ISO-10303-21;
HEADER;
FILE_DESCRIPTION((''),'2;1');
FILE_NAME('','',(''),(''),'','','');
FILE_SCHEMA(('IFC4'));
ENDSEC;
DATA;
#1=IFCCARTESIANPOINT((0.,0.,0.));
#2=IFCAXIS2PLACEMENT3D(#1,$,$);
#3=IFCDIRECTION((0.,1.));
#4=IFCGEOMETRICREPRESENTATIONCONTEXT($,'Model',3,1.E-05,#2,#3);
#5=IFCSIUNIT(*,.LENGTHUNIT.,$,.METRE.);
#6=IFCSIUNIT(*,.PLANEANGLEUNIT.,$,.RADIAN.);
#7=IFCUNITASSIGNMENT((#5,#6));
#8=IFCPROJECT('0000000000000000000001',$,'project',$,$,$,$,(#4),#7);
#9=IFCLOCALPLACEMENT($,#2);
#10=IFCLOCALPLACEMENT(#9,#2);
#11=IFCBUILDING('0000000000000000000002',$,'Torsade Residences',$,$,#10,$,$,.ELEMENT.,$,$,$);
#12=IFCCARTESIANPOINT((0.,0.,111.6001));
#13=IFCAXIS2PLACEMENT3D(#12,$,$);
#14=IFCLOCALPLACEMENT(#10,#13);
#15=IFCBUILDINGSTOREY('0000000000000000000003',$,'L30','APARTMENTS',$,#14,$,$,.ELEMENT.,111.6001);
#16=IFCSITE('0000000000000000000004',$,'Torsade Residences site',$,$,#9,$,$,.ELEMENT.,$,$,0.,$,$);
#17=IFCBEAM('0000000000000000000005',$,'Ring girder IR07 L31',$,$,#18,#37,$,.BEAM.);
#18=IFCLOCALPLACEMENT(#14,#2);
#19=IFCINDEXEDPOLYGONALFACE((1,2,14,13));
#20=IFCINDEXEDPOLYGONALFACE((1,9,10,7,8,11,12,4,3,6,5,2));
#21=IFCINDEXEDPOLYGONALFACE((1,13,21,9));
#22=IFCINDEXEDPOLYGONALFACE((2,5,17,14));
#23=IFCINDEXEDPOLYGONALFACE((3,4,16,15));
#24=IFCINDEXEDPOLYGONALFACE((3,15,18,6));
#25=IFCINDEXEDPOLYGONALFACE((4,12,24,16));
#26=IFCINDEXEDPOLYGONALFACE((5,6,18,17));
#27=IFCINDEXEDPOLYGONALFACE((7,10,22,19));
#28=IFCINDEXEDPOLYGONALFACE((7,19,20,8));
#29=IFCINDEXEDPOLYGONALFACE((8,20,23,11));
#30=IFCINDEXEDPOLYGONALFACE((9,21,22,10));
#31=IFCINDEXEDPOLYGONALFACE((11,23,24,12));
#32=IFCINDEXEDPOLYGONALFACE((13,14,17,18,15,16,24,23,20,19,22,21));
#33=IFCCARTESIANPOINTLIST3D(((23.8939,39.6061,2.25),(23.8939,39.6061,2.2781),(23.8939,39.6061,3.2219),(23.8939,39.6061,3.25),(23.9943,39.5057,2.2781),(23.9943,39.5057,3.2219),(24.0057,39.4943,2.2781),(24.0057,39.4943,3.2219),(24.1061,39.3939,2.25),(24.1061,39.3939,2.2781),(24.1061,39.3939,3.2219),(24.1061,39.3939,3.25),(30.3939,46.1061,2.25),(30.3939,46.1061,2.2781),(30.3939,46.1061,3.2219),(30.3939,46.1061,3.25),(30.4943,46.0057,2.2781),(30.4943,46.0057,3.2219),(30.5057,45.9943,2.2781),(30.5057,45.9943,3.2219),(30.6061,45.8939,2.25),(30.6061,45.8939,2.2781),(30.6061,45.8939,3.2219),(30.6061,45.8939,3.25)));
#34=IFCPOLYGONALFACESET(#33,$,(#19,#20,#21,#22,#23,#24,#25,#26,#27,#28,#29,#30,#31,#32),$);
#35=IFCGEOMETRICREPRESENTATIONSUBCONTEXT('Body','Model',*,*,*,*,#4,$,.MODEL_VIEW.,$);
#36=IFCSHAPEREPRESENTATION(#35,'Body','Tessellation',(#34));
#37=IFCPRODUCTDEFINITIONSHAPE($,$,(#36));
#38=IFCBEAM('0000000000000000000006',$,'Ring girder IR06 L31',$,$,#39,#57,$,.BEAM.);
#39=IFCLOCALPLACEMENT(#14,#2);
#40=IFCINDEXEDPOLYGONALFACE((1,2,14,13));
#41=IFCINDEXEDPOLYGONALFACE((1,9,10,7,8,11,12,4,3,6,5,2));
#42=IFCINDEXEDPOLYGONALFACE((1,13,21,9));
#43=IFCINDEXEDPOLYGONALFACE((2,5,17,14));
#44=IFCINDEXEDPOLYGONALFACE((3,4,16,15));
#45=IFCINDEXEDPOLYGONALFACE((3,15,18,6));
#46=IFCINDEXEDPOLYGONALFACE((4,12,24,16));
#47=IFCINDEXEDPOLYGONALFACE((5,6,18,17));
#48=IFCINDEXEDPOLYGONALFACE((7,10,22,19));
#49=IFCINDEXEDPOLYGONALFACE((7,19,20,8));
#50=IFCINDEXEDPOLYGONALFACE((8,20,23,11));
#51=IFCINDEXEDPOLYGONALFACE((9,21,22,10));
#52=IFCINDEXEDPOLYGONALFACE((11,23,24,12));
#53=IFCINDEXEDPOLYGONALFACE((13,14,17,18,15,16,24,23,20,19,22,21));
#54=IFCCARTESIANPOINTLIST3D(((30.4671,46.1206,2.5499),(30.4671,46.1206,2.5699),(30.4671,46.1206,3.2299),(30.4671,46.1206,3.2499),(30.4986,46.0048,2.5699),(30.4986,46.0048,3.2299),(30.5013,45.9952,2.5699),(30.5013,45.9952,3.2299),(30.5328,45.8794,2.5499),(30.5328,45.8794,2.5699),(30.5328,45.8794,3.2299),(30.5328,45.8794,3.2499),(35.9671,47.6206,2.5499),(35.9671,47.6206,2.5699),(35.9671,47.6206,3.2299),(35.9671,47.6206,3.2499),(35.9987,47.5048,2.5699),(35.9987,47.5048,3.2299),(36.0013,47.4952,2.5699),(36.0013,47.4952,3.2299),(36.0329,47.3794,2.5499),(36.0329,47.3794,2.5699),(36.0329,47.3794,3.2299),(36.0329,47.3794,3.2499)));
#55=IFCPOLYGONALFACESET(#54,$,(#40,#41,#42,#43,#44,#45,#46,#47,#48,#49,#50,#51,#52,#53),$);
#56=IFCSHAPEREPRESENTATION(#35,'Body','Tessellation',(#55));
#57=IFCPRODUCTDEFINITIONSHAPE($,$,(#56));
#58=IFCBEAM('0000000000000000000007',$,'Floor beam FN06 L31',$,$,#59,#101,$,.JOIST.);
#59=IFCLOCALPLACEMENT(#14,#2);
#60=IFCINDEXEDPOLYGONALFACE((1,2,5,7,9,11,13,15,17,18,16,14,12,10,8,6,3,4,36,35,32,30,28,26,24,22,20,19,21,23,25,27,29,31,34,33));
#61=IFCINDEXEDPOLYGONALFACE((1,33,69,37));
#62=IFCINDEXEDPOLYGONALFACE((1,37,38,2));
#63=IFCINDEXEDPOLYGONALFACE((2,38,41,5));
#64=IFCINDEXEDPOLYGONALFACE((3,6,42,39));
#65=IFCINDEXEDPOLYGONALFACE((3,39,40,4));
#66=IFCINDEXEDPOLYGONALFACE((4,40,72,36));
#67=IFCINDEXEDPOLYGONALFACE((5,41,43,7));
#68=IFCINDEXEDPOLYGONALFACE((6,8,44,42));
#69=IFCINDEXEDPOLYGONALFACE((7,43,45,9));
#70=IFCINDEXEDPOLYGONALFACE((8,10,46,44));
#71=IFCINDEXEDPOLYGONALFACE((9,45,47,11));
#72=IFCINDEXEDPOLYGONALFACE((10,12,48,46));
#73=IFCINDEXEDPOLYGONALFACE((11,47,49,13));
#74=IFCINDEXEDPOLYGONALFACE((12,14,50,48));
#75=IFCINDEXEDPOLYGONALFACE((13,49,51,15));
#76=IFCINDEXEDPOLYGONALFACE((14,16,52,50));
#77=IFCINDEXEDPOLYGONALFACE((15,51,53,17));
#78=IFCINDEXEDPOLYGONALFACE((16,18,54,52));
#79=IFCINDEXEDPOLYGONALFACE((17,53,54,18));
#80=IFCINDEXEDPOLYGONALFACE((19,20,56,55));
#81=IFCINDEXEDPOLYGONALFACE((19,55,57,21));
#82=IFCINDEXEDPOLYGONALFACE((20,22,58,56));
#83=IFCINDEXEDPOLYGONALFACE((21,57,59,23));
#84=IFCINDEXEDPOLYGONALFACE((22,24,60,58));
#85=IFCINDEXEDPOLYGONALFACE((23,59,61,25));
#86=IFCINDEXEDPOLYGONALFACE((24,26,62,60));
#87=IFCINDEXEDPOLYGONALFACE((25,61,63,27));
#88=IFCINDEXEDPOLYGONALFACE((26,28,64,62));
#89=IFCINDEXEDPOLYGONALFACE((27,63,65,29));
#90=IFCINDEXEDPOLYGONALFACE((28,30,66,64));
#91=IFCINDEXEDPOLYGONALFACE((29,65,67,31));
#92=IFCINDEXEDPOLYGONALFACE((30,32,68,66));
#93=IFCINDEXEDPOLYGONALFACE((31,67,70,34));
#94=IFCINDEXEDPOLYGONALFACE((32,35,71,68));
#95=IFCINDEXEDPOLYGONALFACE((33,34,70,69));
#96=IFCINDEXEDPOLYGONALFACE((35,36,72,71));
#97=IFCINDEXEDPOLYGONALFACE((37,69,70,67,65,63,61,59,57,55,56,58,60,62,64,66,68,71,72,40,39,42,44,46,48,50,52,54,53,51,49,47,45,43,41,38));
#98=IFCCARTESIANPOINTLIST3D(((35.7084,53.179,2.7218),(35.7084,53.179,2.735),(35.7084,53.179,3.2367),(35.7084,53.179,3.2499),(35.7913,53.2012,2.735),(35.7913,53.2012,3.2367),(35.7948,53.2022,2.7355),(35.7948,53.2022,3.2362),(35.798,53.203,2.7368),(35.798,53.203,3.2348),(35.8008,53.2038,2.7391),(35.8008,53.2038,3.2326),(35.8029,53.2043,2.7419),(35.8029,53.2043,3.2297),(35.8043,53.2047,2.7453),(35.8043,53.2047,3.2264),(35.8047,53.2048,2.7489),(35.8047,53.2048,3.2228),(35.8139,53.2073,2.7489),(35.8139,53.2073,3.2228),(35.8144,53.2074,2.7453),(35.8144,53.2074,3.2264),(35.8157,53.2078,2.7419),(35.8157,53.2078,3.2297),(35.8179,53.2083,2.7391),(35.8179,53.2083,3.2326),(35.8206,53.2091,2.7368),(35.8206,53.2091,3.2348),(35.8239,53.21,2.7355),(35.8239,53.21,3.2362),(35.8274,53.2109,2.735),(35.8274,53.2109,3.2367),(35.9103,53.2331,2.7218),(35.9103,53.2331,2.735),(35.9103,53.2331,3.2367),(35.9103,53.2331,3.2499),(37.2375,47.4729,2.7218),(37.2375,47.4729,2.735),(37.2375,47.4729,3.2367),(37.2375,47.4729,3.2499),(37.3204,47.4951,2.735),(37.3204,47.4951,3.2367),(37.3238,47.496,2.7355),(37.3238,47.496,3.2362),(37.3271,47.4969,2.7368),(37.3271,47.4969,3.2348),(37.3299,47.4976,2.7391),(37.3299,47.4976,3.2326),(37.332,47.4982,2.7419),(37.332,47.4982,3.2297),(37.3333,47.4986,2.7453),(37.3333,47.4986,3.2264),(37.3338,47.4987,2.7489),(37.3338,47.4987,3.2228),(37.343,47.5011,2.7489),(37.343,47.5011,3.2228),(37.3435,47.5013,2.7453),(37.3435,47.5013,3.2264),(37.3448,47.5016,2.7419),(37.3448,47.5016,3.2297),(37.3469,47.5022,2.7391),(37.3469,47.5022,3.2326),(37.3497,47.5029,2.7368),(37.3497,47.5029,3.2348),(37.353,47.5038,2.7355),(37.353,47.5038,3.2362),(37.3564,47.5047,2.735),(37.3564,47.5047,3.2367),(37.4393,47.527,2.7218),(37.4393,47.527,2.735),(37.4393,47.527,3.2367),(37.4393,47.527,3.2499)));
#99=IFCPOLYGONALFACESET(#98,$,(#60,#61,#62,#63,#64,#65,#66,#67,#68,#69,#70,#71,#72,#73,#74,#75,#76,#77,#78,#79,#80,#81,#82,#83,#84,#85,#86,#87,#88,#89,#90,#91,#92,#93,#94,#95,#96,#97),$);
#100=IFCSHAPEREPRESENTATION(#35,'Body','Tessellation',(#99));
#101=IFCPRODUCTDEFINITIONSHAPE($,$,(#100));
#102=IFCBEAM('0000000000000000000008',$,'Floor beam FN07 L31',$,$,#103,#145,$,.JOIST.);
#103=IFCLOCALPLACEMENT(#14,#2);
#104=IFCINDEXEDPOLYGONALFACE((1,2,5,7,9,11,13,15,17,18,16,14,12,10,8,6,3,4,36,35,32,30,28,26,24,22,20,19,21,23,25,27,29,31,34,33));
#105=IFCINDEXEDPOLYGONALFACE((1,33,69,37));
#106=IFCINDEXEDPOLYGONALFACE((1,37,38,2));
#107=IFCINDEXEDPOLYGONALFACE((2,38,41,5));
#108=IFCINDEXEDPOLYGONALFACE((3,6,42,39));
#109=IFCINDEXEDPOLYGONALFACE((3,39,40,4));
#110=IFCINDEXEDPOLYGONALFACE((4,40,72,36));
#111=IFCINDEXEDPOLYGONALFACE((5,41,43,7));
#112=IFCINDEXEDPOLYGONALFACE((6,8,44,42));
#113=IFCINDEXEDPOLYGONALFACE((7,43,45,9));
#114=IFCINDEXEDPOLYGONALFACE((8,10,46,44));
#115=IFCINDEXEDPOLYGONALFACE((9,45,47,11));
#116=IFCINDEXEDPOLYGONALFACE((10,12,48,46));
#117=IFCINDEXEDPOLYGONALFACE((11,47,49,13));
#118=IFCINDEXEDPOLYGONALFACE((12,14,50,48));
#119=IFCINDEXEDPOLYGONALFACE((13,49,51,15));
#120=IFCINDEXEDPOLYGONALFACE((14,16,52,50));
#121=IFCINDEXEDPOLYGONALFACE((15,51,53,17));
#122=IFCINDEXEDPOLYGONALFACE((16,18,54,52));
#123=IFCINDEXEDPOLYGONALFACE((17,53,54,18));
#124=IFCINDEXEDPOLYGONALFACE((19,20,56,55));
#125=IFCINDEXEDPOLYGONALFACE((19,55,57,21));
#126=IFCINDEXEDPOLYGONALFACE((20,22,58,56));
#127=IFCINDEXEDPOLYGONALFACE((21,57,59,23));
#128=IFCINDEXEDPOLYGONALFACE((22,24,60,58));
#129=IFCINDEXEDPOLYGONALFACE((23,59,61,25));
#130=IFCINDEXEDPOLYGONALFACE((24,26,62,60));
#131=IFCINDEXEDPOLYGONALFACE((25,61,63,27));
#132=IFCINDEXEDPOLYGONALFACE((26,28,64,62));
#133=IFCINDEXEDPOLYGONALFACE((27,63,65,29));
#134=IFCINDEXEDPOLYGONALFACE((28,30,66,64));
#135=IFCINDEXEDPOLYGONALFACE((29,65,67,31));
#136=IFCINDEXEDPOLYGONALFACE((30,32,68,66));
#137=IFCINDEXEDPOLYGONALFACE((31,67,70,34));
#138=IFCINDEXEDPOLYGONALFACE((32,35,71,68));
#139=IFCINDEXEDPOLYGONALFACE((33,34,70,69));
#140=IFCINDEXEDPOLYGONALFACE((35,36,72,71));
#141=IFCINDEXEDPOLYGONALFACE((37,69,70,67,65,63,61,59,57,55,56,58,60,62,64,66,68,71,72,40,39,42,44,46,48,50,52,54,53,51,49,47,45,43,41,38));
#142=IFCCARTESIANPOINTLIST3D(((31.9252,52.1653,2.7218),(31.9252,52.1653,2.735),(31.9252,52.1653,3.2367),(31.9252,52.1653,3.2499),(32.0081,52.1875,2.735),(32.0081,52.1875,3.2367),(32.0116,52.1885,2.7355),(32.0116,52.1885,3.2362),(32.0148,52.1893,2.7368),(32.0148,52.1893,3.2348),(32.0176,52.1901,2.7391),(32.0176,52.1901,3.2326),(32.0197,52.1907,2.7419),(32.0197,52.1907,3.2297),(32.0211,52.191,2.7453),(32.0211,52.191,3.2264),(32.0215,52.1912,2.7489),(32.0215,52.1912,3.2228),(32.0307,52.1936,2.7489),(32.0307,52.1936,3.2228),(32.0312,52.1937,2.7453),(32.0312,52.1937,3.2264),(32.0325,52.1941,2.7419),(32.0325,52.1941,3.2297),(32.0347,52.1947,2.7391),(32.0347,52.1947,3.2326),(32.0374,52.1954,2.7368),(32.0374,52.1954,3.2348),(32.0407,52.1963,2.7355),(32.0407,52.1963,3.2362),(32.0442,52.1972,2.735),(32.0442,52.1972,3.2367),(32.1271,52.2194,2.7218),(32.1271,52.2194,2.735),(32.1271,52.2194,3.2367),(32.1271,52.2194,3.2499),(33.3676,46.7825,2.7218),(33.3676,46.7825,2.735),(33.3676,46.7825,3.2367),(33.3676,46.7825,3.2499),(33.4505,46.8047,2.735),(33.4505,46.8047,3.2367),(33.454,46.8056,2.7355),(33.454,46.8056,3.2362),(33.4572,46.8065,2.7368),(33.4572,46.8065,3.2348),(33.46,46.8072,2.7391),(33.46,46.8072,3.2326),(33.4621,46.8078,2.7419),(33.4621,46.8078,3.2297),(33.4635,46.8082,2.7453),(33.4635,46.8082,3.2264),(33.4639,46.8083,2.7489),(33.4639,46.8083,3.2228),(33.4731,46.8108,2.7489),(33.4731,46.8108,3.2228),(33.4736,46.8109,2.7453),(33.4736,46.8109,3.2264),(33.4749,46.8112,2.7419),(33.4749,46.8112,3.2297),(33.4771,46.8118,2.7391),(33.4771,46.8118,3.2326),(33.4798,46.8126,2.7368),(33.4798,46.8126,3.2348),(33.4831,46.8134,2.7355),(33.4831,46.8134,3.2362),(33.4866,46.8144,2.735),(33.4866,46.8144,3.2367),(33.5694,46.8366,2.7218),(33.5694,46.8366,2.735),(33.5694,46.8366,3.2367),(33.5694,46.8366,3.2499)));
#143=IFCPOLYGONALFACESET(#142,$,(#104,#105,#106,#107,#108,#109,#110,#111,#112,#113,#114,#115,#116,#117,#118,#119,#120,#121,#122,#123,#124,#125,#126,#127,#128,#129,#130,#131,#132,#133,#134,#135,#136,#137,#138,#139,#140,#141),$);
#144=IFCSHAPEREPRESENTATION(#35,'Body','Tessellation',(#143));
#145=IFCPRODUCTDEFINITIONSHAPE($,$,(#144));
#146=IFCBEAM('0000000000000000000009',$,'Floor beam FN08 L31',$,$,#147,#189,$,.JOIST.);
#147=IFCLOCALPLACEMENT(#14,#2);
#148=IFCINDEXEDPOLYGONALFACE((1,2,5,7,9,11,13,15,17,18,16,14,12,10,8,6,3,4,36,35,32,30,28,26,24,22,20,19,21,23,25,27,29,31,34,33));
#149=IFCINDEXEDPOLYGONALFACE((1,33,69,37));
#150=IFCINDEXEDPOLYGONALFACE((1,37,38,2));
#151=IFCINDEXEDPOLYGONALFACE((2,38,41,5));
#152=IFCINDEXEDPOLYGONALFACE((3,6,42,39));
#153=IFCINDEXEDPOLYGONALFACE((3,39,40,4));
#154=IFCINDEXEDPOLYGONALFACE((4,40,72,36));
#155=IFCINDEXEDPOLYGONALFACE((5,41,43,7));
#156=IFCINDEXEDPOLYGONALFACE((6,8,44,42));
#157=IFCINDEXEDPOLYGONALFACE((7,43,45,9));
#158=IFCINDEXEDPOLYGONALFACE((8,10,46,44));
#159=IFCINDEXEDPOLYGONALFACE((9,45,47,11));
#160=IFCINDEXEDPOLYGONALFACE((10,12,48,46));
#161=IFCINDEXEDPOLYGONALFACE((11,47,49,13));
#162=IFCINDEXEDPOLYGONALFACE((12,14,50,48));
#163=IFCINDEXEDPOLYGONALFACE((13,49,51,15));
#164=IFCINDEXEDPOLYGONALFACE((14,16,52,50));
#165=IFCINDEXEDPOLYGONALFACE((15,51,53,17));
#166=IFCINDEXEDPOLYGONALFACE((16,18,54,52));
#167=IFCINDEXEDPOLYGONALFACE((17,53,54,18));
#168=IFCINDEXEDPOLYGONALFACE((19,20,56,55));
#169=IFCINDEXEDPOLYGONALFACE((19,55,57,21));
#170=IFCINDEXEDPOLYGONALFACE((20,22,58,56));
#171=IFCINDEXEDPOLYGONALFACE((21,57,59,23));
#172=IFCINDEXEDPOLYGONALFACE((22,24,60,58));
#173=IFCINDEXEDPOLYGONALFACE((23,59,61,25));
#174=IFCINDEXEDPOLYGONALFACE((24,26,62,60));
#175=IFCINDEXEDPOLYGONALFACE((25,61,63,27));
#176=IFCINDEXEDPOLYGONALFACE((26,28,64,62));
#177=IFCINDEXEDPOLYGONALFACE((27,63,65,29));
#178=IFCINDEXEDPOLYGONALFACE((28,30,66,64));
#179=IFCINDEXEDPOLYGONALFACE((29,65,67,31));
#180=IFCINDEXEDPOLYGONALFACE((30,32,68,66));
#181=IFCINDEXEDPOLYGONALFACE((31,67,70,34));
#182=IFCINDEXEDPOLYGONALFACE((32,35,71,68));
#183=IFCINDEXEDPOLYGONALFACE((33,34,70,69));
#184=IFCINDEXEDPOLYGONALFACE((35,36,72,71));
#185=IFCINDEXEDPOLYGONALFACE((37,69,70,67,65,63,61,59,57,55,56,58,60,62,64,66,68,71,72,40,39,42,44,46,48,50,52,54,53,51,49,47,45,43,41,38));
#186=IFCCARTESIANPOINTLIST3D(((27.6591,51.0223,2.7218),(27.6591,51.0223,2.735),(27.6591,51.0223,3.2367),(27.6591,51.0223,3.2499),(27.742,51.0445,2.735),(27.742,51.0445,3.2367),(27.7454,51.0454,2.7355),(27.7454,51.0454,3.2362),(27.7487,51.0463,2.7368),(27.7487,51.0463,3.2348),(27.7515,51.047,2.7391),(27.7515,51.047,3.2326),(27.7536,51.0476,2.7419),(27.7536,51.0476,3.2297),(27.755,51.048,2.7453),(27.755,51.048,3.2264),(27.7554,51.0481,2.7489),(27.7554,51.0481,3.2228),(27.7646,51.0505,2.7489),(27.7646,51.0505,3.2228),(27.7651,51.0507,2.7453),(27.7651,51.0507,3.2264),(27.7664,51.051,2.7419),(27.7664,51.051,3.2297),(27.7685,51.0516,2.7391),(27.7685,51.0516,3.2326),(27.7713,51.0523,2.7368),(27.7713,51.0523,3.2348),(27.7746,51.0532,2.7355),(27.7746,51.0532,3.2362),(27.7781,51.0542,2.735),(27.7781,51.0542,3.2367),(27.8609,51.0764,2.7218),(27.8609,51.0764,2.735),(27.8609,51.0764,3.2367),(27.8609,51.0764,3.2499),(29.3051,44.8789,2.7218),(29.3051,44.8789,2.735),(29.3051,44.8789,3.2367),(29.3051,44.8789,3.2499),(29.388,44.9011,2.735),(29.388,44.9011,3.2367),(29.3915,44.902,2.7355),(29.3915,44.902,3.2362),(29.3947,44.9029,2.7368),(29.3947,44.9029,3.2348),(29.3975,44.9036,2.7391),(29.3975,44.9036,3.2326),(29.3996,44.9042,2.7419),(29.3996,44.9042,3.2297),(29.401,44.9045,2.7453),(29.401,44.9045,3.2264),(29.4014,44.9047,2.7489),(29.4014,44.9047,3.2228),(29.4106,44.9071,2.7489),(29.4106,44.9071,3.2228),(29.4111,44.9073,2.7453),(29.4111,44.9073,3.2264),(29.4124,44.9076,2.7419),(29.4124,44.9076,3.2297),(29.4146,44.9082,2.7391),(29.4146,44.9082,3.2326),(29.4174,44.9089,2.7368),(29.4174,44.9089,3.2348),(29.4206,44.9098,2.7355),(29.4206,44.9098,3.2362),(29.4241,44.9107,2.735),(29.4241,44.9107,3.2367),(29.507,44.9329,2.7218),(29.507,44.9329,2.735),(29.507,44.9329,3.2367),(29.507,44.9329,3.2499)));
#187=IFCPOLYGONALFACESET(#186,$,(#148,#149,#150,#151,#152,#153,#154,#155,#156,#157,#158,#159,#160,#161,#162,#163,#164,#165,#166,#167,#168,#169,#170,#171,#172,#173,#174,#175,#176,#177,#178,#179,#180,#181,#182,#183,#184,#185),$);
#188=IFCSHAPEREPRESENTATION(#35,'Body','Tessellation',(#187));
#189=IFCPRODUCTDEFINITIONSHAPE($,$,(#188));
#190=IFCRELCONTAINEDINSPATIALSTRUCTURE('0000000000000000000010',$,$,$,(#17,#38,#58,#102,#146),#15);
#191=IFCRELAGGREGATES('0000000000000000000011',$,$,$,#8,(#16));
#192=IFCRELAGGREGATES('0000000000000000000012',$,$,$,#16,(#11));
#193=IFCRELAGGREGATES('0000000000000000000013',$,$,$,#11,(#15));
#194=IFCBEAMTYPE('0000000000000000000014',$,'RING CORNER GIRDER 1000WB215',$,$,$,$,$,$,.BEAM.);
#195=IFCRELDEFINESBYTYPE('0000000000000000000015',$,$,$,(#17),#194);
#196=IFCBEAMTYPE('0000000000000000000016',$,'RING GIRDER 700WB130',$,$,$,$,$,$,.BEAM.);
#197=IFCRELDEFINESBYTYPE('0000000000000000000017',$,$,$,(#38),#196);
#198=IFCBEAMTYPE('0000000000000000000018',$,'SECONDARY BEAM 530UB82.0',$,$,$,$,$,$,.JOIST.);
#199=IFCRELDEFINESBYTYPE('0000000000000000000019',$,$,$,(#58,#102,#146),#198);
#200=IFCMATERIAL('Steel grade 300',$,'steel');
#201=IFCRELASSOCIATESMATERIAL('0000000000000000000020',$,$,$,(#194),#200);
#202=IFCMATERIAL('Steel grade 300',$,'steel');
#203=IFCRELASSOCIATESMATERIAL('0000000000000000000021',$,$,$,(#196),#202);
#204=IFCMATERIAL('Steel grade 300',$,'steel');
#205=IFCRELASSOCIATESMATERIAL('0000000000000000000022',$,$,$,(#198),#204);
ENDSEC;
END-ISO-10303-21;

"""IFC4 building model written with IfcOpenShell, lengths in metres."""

from ifc_helpers import new_model, si_unit, direction, frame, origin, origin_2d, place, context, subcontext, project, spatial, i_section, extrude, material, material_profile, profile_set, type_object, element, save


model = new_model("IFC4")

# Units and contexts
model_context = context("Model", 3, precision=1e-05, world=origin(), true_north=direction((0.0, 1.0)))
body_context = subcontext(model_context, "Body", "Model", "MODEL_VIEW")
ifc_project = project(units=[si_unit("LENGTHUNIT", "METRE"), si_unit("PLANEANGLEUNIT", "RADIAN")], contexts=[model_context])

# Site, building, storey
site_placement = place(None, origin())
site = spatial("IfcSite", under=ifc_project, at=site_placement, Name="Torsade Residences site", CompositionType="ELEMENT", RefElevation=0.0)
building_placement = place(site_placement, origin())
building = spatial("IfcBuilding", under=site, at=building_placement, Name="Torsade Residences", CompositionType="ELEMENT")
storey_placement = place(building_placement, frame((0.0, 0.0, 111.6001)))
storey = spatial("IfcBuildingStorey", under=building, at=storey_placement, Name="L30", Description="APARTMENTS", CompositionType="ELEMENT", Elevation=111.6001)

# Beams
ifc_material_1 = material(Name="Steel grade 300", Category="steel")
ifc_material_profile_1 = material_profile(ifc_material_1, i_section(OverallWidth=0.3, OverallDepth=1.0, WebThickness=0.0161, FlangeThickness=0.0281, at=origin_2d()), Name="1000WB215")
ifc_profile_set_1 = profile_set([ifc_material_profile_1], Name="Steel grade 300")
beam_type_1 = type_object("IfcBeamType", Name="RING CORNER GIRDER 1000WB215", PredefinedType="BEAM", material=ifc_profile_set_1)
beam_1_placement = place(storey_placement, frame((30.5, 46.0, 2.75), z_axis=(-0.707107, -0.707107, 0.0), x_axis=(0.707107, -0.707107, 0.0)))
element("IfcBeam", 1, at=beam_1_placement, inside=storey, type_object=beam_type_1, Name="Ring girder IR07 L31", PredefinedType="BEAM", context=body_context, shape_type="SweptSolid", body=[
    extrude(i_section(OverallWidth=0.3, OverallDepth=1.0, WebThickness=0.0161, FlangeThickness=0.0281, at=origin_2d()), origin(), (0.0, 0.0, 1.0), 9.1924),
])
ifc_material_2 = material(Name="Steel grade 300", Category="steel")
ifc_material_profile_2 = material_profile(ifc_material_2, i_section(OverallWidth=0.25, OverallDepth=0.7, WebThickness=0.01, FlangeThickness=0.02, at=origin_2d()), Name="700WB130")
ifc_profile_set_2 = profile_set([ifc_material_profile_2], Name="Steel grade 300")
beam_type_2 = type_object("IfcBeamType", Name="RING GIRDER 700WB130", PredefinedType="BEAM", material=ifc_profile_set_2)
beam_2_placement = place(storey_placement, frame((36.0, 47.5, 2.8999), z_axis=(-0.964764, -0.263117, 0.0), x_axis=(0.263117, -0.964764, 0.0)))
element("IfcBeam", 2, at=beam_2_placement, inside=storey, type_object=beam_type_2, Name="Ring girder IR06 L31", PredefinedType="BEAM", context=body_context, shape_type="SweptSolid", body=[
    extrude(i_section(OverallWidth=0.25, OverallDepth=0.7, WebThickness=0.01, FlangeThickness=0.02, at=origin_2d()), origin(), (0.0, 0.0, 1.0), 5.7009),
])
ifc_material_3 = material(Name="Steel grade 300", Category="steel")
ifc_material_profile_3 = material_profile(ifc_material_3, i_section(OverallWidth=0.209, OverallDepth=0.5281, WebThickness=0.0095, FlangeThickness=0.0132, FilletRadius=0.0139, at=origin_2d()), Name="530UB82.0")
ifc_profile_set_3 = profile_set([ifc_material_profile_3], Name="Steel grade 300")
beam_type_3 = type_object("IfcBeamType", Name="SECONDARY BEAM 530UB82.0", PredefinedType="JOIST", material=ifc_profile_set_3)
beam_3_placement = place(storey_placement, frame((35.8093, 53.2061, 2.9858), z_axis=(0.258838, -0.965921, 0.0), x_axis=(0.965921, 0.258838, 0.0)))
element("IfcBeam", 3, at=beam_3_placement, inside=storey, type_object=beam_type_3, Name="Floor beam FN06 L31", PredefinedType="JOIST", context=body_context, shape_type="SweptSolid", body=[
    extrude(i_section(OverallWidth=0.209, OverallDepth=0.5281, WebThickness=0.0095, FlangeThickness=0.0132, FilletRadius=0.0139, at=origin_2d()), origin(), (0.0, 0.0, 1.0), 5.9075),
])
beam_4_placement = place(storey_placement, frame((32.0261, 52.1924, 2.9858), z_axis=(0.25883, -0.965923, 0.0), x_axis=(0.965923, 0.25883, 0.0)))
element("IfcBeam", 4, at=beam_4_placement, inside=storey, type_object=beam_type_3, Name="Floor beam FN07 L31", PredefinedType="JOIST", context=body_context, shape_type="SweptSolid", body=[
    extrude(i_section(OverallWidth=0.209, OverallDepth=0.5281, WebThickness=0.0095, FlangeThickness=0.0132, FilletRadius=0.0139, at=origin_2d()), origin(), (0.0, 0.0, 1.0), 5.5728),
])
beam_5_placement = place(storey_placement, frame((27.76, 51.0493, 2.9858), z_axis=(0.258805, -0.96593, 0.0), x_axis=(0.96593, 0.258805, 0.0)))
element("IfcBeam", 5, at=beam_5_placement, inside=storey, type_object=beam_type_3, Name="Floor beam FN08 L31", PredefinedType="JOIST", context=body_context, shape_type="SweptSolid", body=[
    extrude(i_section(OverallWidth=0.209, OverallDepth=0.5281, WebThickness=0.0095, FlangeThickness=0.0132, FilletRadius=0.0139, at=origin_2d()), origin(), (0.0, 0.0, 1.0), 6.3601),
])

save(model, "model.ifc")
